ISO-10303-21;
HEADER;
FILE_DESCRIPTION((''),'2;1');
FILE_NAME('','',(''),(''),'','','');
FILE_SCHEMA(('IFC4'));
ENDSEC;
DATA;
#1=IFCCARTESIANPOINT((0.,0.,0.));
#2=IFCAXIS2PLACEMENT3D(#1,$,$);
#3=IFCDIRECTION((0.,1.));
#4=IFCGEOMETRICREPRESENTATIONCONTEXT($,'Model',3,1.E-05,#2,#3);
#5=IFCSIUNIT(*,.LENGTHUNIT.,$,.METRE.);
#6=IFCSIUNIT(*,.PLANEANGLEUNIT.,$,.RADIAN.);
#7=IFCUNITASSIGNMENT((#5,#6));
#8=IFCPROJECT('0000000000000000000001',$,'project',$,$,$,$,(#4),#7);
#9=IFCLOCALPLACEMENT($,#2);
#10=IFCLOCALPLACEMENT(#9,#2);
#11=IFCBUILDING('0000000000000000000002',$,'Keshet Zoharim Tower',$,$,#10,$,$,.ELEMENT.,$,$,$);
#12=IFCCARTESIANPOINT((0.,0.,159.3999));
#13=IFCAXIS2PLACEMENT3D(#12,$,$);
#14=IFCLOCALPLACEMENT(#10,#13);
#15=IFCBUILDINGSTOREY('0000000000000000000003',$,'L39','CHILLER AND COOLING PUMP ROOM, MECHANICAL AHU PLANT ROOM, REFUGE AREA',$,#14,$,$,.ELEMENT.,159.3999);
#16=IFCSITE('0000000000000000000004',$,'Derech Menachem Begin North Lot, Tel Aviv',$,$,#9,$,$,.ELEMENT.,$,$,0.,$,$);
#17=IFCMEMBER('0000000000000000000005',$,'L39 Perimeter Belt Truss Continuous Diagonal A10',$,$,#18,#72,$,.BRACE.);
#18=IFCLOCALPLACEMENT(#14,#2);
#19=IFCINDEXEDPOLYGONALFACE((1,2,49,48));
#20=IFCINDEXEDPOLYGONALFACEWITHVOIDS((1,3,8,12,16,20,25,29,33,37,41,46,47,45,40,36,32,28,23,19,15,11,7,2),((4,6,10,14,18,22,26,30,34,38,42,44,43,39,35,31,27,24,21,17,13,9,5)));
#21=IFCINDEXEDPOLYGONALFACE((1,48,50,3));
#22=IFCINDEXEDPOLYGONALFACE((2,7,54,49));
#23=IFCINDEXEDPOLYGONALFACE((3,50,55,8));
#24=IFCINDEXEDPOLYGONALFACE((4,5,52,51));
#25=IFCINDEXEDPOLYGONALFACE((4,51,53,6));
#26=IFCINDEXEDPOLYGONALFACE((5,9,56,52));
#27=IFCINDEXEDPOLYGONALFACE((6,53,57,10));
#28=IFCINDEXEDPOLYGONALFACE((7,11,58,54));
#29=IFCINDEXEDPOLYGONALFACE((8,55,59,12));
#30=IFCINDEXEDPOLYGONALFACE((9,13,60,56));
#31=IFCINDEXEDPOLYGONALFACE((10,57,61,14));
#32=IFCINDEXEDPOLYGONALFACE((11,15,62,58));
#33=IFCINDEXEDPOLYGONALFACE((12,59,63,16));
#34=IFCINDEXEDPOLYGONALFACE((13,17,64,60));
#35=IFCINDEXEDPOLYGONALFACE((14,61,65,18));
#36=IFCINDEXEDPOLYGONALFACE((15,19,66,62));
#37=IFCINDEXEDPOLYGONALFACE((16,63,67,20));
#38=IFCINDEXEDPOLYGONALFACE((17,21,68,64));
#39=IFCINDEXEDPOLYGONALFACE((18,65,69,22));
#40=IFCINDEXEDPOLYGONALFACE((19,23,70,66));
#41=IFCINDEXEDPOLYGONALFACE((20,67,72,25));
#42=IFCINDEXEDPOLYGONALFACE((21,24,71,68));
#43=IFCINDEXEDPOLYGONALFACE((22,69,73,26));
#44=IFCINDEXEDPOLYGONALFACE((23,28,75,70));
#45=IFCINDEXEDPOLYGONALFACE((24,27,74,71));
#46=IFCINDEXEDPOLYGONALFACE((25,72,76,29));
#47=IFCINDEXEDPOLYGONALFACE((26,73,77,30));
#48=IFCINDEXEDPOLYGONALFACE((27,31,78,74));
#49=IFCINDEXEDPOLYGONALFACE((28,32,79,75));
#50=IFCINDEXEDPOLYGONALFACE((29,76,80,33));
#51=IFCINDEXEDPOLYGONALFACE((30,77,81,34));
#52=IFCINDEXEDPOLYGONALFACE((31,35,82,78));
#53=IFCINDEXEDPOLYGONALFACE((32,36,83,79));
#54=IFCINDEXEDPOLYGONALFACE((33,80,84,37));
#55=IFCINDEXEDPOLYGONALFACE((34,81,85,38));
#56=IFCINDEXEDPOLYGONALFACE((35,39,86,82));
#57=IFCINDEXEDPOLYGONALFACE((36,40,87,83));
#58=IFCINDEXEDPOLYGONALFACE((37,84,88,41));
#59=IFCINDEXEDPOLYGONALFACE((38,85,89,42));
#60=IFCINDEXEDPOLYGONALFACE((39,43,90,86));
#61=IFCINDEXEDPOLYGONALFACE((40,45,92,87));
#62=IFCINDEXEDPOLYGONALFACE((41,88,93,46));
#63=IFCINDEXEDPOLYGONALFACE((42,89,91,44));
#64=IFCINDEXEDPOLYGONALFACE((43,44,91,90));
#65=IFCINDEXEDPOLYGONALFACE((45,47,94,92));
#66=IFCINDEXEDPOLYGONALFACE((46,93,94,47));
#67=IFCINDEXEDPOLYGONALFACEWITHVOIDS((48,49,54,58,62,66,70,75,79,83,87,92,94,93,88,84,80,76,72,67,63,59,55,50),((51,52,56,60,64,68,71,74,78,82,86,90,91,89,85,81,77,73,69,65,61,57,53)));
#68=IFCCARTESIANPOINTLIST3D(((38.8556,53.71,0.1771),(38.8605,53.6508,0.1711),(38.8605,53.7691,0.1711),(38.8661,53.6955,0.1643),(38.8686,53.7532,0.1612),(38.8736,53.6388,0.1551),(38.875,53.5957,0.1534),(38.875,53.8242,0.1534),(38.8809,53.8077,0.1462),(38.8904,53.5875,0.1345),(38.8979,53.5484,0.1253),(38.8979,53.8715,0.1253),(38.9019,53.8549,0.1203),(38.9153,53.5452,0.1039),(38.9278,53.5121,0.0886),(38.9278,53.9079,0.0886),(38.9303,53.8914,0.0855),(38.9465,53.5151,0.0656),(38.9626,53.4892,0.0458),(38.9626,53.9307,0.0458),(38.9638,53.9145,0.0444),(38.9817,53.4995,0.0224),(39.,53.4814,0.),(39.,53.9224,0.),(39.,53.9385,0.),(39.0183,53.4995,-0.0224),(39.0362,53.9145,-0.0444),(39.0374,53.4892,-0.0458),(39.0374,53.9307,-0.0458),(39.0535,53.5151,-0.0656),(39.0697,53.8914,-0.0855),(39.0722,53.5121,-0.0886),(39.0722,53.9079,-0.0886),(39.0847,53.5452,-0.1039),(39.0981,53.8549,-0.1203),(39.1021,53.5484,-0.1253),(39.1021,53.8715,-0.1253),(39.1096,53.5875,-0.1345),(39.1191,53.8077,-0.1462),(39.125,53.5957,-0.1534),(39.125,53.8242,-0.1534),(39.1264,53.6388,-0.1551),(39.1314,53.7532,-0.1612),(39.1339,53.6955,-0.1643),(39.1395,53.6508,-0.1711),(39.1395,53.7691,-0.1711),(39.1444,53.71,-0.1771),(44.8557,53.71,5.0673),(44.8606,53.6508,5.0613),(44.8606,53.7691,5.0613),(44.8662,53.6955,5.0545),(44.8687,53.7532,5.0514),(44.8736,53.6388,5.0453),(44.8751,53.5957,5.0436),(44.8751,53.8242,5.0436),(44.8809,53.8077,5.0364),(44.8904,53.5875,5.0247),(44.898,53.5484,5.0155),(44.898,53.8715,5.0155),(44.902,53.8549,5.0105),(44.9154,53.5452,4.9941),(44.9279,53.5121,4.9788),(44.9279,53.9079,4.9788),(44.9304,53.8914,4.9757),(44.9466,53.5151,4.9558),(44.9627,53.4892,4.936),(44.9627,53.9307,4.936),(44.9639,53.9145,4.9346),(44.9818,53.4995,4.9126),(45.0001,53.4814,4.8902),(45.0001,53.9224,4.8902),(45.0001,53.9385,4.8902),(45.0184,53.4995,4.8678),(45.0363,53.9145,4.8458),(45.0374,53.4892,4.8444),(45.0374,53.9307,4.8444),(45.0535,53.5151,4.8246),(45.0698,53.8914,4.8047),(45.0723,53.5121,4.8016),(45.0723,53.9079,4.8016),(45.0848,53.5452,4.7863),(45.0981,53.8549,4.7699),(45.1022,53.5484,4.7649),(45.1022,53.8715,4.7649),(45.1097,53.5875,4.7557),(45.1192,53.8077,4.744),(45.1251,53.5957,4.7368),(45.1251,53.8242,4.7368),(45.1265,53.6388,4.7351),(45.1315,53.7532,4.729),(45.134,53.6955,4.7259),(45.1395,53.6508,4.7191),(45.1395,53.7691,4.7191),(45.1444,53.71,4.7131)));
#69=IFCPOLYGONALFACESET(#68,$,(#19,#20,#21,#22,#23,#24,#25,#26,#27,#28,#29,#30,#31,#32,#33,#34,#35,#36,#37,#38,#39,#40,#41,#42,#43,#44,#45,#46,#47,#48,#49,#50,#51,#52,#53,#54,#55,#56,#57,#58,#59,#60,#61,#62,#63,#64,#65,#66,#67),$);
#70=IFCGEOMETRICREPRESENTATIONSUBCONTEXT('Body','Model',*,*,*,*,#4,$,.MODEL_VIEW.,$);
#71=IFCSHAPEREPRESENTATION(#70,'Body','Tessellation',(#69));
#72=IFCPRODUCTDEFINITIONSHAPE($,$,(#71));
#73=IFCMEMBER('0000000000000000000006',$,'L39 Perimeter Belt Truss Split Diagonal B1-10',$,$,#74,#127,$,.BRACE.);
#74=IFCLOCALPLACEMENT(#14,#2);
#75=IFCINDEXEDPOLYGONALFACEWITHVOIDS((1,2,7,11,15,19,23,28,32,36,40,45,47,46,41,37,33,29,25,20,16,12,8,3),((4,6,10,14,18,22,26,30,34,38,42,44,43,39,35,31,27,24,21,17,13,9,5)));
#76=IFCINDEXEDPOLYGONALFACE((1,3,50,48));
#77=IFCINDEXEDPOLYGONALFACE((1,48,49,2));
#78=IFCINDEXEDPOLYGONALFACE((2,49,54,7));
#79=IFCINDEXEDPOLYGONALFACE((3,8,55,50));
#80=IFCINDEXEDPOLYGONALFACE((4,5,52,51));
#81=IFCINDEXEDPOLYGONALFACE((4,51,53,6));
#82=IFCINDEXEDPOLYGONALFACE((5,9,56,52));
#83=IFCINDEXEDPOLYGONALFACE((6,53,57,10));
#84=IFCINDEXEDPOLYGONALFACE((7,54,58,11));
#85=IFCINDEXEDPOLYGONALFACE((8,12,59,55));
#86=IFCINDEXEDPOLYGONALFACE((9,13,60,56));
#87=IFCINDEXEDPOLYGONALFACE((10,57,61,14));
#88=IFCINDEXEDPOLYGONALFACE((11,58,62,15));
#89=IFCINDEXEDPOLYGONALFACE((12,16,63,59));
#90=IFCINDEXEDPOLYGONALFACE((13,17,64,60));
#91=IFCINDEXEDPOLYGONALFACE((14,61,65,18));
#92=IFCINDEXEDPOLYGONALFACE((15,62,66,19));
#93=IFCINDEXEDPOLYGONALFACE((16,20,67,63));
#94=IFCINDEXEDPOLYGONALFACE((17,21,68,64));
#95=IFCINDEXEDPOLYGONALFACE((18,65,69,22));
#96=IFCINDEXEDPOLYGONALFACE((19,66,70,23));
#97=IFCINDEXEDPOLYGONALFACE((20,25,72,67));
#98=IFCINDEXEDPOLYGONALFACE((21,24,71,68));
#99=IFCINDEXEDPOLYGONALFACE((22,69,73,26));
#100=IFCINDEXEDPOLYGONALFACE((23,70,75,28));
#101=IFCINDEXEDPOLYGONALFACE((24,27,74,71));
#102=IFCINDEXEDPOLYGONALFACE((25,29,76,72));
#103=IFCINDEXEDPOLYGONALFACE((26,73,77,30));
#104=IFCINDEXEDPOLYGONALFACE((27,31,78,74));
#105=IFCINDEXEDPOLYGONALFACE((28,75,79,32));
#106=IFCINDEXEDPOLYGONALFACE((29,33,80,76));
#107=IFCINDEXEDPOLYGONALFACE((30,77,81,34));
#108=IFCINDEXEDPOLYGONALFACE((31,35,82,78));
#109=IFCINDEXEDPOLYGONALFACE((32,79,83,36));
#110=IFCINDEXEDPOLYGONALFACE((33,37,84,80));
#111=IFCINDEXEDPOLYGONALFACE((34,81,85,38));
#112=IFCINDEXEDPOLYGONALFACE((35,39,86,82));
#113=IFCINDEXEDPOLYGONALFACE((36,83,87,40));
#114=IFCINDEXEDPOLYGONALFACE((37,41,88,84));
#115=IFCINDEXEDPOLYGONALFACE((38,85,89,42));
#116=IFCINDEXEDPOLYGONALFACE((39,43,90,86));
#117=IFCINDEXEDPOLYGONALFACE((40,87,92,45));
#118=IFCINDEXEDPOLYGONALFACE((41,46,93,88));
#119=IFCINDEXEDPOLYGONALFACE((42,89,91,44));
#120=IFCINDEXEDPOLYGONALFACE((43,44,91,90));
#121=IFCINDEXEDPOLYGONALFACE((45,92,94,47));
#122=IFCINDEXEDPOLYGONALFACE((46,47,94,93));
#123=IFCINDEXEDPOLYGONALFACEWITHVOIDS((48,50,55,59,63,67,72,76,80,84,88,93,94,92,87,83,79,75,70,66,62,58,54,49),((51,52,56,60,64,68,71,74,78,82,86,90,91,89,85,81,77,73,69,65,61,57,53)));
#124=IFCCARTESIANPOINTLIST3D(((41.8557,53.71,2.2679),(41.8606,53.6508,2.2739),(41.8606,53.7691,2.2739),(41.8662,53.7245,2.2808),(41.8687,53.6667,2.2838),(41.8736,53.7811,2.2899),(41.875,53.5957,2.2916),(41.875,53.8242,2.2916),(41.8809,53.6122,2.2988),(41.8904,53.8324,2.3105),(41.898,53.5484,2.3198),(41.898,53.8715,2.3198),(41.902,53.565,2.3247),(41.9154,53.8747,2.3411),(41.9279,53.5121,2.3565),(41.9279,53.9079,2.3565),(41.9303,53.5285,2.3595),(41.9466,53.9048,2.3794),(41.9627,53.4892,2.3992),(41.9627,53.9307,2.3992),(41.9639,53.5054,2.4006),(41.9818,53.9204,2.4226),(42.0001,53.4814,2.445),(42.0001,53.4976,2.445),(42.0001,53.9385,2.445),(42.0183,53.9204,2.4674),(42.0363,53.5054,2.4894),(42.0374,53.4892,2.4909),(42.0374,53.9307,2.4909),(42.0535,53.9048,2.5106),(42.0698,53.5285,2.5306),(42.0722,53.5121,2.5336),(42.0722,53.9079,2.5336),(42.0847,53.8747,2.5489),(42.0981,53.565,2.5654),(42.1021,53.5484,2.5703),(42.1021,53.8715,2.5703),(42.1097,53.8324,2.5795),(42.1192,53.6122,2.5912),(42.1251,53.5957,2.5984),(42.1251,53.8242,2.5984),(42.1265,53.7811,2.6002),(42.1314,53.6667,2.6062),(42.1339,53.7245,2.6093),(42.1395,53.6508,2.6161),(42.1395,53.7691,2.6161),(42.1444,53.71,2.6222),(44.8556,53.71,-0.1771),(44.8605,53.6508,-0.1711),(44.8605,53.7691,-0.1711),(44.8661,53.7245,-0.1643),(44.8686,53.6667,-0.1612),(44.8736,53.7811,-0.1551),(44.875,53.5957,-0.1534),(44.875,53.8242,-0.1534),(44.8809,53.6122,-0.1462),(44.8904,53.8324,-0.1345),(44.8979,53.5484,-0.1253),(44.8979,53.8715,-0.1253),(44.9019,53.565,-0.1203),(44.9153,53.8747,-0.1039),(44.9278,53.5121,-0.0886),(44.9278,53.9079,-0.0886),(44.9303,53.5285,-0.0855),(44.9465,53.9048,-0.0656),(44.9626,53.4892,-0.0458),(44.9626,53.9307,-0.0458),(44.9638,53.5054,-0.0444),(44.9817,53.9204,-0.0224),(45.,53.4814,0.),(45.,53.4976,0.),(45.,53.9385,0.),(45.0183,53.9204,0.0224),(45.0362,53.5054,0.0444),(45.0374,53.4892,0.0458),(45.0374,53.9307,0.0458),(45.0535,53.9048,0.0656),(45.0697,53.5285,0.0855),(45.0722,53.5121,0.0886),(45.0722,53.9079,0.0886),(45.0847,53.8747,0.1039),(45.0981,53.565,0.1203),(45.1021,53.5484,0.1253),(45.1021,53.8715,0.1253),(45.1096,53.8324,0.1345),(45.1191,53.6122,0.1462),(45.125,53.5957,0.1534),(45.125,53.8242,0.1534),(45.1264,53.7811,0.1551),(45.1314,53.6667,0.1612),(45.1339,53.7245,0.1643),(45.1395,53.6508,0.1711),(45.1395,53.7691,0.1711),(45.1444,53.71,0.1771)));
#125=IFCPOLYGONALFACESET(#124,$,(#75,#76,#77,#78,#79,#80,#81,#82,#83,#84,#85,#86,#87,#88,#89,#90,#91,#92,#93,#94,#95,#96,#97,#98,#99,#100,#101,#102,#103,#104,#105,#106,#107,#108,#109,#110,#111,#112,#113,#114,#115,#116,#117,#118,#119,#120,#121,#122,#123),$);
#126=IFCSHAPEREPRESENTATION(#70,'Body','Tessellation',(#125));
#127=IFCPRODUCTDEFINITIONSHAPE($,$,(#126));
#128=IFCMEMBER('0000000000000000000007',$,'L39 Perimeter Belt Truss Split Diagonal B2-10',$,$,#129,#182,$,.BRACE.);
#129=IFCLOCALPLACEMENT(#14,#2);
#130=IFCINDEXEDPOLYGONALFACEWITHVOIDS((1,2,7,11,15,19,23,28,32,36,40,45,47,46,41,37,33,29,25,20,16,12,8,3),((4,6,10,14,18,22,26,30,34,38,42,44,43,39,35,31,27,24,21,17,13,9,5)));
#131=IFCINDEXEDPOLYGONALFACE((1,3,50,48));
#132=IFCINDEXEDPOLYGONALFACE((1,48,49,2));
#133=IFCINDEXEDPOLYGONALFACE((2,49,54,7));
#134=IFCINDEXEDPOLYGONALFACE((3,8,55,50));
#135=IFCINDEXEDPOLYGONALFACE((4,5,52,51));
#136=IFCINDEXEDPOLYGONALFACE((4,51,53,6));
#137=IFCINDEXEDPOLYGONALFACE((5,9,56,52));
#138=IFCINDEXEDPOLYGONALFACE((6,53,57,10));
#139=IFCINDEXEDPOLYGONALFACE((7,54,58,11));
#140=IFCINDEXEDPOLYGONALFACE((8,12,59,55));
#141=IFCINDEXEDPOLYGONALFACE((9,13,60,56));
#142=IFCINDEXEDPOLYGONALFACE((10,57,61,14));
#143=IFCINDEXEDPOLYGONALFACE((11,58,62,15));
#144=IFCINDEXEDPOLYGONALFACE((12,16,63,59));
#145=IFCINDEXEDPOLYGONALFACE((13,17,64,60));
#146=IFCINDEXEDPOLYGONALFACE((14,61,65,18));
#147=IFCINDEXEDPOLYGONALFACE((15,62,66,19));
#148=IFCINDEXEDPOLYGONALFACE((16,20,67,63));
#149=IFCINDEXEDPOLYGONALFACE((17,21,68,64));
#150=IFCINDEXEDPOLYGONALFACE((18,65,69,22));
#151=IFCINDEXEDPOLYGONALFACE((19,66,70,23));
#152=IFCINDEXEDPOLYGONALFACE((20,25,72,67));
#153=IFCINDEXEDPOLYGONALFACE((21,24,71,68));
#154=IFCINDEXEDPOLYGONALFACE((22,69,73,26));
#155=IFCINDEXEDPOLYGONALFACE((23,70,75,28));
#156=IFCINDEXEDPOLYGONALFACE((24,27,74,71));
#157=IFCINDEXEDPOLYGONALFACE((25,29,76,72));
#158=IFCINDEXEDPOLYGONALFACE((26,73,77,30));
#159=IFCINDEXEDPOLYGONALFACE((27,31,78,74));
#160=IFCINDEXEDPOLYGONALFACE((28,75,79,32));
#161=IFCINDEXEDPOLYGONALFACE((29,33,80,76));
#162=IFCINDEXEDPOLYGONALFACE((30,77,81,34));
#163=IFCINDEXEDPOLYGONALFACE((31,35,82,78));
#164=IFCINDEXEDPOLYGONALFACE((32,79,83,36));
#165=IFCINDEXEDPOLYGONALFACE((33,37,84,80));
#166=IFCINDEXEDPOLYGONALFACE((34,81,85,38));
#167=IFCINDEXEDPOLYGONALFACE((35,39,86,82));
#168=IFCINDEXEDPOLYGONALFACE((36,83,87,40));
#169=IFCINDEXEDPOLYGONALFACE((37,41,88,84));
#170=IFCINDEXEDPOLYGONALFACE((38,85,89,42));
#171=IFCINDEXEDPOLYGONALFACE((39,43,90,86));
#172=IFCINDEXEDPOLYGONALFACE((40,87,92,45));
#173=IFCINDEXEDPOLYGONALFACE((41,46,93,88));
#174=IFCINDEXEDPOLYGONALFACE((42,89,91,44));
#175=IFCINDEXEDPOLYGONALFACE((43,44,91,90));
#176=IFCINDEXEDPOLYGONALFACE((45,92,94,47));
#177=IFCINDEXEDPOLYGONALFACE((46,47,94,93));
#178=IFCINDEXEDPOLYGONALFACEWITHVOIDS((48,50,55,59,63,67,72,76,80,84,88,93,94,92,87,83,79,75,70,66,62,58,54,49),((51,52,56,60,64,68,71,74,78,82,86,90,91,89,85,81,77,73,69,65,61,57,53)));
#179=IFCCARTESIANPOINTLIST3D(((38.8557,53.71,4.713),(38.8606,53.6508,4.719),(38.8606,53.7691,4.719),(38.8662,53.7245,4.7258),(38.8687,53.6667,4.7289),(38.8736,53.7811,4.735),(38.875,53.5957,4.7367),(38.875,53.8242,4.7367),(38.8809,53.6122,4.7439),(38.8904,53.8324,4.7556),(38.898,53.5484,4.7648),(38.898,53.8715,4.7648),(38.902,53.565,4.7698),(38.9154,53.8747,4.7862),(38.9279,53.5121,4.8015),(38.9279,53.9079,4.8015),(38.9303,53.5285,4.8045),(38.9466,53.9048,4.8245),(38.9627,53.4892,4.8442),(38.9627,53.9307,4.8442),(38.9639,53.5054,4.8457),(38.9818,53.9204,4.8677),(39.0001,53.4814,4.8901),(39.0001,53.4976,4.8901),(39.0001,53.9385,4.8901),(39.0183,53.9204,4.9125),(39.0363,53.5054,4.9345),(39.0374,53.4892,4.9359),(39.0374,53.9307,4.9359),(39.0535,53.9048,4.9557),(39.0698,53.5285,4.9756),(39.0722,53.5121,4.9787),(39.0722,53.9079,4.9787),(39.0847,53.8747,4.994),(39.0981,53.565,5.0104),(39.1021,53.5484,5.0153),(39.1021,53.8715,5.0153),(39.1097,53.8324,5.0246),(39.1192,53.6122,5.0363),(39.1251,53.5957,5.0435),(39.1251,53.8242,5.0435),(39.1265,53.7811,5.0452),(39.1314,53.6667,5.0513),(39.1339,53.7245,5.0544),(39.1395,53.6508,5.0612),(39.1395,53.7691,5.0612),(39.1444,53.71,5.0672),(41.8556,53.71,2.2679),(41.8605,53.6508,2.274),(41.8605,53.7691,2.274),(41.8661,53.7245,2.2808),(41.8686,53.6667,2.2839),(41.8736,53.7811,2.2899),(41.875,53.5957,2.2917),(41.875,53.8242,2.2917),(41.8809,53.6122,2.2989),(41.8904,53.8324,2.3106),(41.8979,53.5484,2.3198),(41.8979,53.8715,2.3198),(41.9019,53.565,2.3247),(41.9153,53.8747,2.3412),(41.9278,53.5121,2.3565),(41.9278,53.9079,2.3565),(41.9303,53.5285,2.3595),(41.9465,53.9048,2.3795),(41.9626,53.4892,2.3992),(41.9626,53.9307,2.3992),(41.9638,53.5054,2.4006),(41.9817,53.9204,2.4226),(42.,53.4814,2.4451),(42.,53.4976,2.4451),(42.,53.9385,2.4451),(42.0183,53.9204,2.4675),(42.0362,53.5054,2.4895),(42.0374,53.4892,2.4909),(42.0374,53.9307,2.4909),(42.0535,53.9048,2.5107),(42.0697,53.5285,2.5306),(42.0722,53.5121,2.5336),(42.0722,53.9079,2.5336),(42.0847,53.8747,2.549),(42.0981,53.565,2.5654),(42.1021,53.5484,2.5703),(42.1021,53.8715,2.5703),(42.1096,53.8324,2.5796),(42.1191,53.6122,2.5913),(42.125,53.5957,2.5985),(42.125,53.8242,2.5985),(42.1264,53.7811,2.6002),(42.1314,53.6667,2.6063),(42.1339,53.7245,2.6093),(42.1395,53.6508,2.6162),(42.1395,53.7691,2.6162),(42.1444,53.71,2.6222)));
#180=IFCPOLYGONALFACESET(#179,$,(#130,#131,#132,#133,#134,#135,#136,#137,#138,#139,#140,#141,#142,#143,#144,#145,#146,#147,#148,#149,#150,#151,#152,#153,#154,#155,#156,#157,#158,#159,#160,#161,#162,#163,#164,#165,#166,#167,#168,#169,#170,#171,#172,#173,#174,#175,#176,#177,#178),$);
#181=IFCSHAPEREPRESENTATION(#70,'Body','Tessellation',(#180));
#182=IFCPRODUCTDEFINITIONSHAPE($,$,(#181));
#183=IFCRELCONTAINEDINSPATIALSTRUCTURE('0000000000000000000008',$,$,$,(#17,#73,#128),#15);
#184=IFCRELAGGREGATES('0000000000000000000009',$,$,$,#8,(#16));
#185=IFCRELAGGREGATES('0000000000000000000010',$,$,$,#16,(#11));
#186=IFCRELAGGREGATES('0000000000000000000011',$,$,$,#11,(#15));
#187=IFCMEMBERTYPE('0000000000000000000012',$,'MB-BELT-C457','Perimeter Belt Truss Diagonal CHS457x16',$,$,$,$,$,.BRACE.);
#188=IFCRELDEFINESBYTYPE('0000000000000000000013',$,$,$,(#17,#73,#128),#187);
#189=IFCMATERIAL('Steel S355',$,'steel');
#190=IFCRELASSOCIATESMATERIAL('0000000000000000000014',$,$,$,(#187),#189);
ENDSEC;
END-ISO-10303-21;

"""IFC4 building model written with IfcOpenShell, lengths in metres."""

from ifc_helpers import new_model, si_unit, direction, frame, origin, origin_2d, place, context, subcontext, project, spatial, hollow_circle, extrude, material, material_profile, profile_set, type_object, element, save


model = new_model("IFC4")

# Units and contexts
model_context = context("Model", 3, precision=1e-05, world=origin(), true_north=direction((0.0, 1.0)))
body_context = subcontext(model_context, "Body", "Model", "MODEL_VIEW")
ifc_project = project(units=[si_unit("LENGTHUNIT", "METRE"), si_unit("PLANEANGLEUNIT", "RADIAN")], contexts=[model_context])

# Site, building, storey
site_placement = place(None, origin())
site = spatial("IfcSite", under=ifc_project, at=site_placement, Name="Derech Menachem Begin North Lot, Tel Aviv", CompositionType="ELEMENT", RefElevation=0.0)
building_placement = place(site_placement, origin())
building = spatial("IfcBuilding", under=site, at=building_placement, Name="Keshet Zoharim Tower", CompositionType="ELEMENT")
storey_placement = place(building_placement, frame((0.0, 0.0, 159.3999)))
storey = spatial("IfcBuildingStorey", under=building, at=storey_placement, Name="L39", Description="CHILLER AND COOLING PUMP ROOM, MECHANICAL AHU PLANT ROOM, REFUGE AREA", CompositionType="ELEMENT", Elevation=159.3999)

# Shared definitions
ifc_material_1 = material(Name="Steel S355", Category="steel")

# Members
ifc_material_profile_1 = material_profile(ifc_material_1, hollow_circle(Radius=0.2285, WallThickness=0.0161, at=origin_2d()), Name="CHS457x16")
ifc_profile_set_1 = profile_set([ifc_material_profile_1], Name="Steel S355")
member_type_1 = type_object("IfcMemberType", Name="MB-BELT-C457", Description="Perimeter Belt Truss Diagonal CHS457x16", PredefinedType="BRACE", material=ifc_profile_set_1)
member_1_placement = place(storey_placement, frame((39.0, 53.71, 0.0), z_axis=(0.775156, 0.0, 0.63177), x_axis=(0.0, 1.0, 0.0)))
element("IfcMember", 1, at=member_1_placement, inside=storey, type_object=member_type_1, Name="L39 Perimeter Belt Truss Continuous Diagonal A10", PredefinedType="BRACE", context=body_context, shape_type="SweptSolid", body=[
    extrude(hollow_circle(Radius=0.2285, WallThickness=0.0161, at=origin_2d()), origin(), (0.0, 0.0, 1.0), 7.7405),
])
for number, where, z_axis, x_axis, name in (
    (2, (45.0, 53.71, 0.0), (-0.775156, 0.0, 0.63177), (0.0, -1.0, 0.0), "L39 Perimeter Belt Truss Split Diagonal B1-10"),
    (3, (42.0, 53.71, 2.4451), (-0.775156, 0.0, 0.63177), (0.0, -1.0, 0.0), "L39 Perimeter Belt Truss Split Diagonal B2-10"),
):
    element("IfcMember", number, at=place(storey_placement, frame(where, z_axis=z_axis, x_axis=x_axis)), inside=storey, type_object=member_type_1, Name=name, PredefinedType="BRACE", context=body_context, shape_type="SweptSolid", body=[
        extrude(hollow_circle(Radius=0.2285, WallThickness=0.0161, at=origin_2d()), origin(), (0.0, 0.0, 1.0), 3.8701),
    ])

save(model, "model.ifc")
